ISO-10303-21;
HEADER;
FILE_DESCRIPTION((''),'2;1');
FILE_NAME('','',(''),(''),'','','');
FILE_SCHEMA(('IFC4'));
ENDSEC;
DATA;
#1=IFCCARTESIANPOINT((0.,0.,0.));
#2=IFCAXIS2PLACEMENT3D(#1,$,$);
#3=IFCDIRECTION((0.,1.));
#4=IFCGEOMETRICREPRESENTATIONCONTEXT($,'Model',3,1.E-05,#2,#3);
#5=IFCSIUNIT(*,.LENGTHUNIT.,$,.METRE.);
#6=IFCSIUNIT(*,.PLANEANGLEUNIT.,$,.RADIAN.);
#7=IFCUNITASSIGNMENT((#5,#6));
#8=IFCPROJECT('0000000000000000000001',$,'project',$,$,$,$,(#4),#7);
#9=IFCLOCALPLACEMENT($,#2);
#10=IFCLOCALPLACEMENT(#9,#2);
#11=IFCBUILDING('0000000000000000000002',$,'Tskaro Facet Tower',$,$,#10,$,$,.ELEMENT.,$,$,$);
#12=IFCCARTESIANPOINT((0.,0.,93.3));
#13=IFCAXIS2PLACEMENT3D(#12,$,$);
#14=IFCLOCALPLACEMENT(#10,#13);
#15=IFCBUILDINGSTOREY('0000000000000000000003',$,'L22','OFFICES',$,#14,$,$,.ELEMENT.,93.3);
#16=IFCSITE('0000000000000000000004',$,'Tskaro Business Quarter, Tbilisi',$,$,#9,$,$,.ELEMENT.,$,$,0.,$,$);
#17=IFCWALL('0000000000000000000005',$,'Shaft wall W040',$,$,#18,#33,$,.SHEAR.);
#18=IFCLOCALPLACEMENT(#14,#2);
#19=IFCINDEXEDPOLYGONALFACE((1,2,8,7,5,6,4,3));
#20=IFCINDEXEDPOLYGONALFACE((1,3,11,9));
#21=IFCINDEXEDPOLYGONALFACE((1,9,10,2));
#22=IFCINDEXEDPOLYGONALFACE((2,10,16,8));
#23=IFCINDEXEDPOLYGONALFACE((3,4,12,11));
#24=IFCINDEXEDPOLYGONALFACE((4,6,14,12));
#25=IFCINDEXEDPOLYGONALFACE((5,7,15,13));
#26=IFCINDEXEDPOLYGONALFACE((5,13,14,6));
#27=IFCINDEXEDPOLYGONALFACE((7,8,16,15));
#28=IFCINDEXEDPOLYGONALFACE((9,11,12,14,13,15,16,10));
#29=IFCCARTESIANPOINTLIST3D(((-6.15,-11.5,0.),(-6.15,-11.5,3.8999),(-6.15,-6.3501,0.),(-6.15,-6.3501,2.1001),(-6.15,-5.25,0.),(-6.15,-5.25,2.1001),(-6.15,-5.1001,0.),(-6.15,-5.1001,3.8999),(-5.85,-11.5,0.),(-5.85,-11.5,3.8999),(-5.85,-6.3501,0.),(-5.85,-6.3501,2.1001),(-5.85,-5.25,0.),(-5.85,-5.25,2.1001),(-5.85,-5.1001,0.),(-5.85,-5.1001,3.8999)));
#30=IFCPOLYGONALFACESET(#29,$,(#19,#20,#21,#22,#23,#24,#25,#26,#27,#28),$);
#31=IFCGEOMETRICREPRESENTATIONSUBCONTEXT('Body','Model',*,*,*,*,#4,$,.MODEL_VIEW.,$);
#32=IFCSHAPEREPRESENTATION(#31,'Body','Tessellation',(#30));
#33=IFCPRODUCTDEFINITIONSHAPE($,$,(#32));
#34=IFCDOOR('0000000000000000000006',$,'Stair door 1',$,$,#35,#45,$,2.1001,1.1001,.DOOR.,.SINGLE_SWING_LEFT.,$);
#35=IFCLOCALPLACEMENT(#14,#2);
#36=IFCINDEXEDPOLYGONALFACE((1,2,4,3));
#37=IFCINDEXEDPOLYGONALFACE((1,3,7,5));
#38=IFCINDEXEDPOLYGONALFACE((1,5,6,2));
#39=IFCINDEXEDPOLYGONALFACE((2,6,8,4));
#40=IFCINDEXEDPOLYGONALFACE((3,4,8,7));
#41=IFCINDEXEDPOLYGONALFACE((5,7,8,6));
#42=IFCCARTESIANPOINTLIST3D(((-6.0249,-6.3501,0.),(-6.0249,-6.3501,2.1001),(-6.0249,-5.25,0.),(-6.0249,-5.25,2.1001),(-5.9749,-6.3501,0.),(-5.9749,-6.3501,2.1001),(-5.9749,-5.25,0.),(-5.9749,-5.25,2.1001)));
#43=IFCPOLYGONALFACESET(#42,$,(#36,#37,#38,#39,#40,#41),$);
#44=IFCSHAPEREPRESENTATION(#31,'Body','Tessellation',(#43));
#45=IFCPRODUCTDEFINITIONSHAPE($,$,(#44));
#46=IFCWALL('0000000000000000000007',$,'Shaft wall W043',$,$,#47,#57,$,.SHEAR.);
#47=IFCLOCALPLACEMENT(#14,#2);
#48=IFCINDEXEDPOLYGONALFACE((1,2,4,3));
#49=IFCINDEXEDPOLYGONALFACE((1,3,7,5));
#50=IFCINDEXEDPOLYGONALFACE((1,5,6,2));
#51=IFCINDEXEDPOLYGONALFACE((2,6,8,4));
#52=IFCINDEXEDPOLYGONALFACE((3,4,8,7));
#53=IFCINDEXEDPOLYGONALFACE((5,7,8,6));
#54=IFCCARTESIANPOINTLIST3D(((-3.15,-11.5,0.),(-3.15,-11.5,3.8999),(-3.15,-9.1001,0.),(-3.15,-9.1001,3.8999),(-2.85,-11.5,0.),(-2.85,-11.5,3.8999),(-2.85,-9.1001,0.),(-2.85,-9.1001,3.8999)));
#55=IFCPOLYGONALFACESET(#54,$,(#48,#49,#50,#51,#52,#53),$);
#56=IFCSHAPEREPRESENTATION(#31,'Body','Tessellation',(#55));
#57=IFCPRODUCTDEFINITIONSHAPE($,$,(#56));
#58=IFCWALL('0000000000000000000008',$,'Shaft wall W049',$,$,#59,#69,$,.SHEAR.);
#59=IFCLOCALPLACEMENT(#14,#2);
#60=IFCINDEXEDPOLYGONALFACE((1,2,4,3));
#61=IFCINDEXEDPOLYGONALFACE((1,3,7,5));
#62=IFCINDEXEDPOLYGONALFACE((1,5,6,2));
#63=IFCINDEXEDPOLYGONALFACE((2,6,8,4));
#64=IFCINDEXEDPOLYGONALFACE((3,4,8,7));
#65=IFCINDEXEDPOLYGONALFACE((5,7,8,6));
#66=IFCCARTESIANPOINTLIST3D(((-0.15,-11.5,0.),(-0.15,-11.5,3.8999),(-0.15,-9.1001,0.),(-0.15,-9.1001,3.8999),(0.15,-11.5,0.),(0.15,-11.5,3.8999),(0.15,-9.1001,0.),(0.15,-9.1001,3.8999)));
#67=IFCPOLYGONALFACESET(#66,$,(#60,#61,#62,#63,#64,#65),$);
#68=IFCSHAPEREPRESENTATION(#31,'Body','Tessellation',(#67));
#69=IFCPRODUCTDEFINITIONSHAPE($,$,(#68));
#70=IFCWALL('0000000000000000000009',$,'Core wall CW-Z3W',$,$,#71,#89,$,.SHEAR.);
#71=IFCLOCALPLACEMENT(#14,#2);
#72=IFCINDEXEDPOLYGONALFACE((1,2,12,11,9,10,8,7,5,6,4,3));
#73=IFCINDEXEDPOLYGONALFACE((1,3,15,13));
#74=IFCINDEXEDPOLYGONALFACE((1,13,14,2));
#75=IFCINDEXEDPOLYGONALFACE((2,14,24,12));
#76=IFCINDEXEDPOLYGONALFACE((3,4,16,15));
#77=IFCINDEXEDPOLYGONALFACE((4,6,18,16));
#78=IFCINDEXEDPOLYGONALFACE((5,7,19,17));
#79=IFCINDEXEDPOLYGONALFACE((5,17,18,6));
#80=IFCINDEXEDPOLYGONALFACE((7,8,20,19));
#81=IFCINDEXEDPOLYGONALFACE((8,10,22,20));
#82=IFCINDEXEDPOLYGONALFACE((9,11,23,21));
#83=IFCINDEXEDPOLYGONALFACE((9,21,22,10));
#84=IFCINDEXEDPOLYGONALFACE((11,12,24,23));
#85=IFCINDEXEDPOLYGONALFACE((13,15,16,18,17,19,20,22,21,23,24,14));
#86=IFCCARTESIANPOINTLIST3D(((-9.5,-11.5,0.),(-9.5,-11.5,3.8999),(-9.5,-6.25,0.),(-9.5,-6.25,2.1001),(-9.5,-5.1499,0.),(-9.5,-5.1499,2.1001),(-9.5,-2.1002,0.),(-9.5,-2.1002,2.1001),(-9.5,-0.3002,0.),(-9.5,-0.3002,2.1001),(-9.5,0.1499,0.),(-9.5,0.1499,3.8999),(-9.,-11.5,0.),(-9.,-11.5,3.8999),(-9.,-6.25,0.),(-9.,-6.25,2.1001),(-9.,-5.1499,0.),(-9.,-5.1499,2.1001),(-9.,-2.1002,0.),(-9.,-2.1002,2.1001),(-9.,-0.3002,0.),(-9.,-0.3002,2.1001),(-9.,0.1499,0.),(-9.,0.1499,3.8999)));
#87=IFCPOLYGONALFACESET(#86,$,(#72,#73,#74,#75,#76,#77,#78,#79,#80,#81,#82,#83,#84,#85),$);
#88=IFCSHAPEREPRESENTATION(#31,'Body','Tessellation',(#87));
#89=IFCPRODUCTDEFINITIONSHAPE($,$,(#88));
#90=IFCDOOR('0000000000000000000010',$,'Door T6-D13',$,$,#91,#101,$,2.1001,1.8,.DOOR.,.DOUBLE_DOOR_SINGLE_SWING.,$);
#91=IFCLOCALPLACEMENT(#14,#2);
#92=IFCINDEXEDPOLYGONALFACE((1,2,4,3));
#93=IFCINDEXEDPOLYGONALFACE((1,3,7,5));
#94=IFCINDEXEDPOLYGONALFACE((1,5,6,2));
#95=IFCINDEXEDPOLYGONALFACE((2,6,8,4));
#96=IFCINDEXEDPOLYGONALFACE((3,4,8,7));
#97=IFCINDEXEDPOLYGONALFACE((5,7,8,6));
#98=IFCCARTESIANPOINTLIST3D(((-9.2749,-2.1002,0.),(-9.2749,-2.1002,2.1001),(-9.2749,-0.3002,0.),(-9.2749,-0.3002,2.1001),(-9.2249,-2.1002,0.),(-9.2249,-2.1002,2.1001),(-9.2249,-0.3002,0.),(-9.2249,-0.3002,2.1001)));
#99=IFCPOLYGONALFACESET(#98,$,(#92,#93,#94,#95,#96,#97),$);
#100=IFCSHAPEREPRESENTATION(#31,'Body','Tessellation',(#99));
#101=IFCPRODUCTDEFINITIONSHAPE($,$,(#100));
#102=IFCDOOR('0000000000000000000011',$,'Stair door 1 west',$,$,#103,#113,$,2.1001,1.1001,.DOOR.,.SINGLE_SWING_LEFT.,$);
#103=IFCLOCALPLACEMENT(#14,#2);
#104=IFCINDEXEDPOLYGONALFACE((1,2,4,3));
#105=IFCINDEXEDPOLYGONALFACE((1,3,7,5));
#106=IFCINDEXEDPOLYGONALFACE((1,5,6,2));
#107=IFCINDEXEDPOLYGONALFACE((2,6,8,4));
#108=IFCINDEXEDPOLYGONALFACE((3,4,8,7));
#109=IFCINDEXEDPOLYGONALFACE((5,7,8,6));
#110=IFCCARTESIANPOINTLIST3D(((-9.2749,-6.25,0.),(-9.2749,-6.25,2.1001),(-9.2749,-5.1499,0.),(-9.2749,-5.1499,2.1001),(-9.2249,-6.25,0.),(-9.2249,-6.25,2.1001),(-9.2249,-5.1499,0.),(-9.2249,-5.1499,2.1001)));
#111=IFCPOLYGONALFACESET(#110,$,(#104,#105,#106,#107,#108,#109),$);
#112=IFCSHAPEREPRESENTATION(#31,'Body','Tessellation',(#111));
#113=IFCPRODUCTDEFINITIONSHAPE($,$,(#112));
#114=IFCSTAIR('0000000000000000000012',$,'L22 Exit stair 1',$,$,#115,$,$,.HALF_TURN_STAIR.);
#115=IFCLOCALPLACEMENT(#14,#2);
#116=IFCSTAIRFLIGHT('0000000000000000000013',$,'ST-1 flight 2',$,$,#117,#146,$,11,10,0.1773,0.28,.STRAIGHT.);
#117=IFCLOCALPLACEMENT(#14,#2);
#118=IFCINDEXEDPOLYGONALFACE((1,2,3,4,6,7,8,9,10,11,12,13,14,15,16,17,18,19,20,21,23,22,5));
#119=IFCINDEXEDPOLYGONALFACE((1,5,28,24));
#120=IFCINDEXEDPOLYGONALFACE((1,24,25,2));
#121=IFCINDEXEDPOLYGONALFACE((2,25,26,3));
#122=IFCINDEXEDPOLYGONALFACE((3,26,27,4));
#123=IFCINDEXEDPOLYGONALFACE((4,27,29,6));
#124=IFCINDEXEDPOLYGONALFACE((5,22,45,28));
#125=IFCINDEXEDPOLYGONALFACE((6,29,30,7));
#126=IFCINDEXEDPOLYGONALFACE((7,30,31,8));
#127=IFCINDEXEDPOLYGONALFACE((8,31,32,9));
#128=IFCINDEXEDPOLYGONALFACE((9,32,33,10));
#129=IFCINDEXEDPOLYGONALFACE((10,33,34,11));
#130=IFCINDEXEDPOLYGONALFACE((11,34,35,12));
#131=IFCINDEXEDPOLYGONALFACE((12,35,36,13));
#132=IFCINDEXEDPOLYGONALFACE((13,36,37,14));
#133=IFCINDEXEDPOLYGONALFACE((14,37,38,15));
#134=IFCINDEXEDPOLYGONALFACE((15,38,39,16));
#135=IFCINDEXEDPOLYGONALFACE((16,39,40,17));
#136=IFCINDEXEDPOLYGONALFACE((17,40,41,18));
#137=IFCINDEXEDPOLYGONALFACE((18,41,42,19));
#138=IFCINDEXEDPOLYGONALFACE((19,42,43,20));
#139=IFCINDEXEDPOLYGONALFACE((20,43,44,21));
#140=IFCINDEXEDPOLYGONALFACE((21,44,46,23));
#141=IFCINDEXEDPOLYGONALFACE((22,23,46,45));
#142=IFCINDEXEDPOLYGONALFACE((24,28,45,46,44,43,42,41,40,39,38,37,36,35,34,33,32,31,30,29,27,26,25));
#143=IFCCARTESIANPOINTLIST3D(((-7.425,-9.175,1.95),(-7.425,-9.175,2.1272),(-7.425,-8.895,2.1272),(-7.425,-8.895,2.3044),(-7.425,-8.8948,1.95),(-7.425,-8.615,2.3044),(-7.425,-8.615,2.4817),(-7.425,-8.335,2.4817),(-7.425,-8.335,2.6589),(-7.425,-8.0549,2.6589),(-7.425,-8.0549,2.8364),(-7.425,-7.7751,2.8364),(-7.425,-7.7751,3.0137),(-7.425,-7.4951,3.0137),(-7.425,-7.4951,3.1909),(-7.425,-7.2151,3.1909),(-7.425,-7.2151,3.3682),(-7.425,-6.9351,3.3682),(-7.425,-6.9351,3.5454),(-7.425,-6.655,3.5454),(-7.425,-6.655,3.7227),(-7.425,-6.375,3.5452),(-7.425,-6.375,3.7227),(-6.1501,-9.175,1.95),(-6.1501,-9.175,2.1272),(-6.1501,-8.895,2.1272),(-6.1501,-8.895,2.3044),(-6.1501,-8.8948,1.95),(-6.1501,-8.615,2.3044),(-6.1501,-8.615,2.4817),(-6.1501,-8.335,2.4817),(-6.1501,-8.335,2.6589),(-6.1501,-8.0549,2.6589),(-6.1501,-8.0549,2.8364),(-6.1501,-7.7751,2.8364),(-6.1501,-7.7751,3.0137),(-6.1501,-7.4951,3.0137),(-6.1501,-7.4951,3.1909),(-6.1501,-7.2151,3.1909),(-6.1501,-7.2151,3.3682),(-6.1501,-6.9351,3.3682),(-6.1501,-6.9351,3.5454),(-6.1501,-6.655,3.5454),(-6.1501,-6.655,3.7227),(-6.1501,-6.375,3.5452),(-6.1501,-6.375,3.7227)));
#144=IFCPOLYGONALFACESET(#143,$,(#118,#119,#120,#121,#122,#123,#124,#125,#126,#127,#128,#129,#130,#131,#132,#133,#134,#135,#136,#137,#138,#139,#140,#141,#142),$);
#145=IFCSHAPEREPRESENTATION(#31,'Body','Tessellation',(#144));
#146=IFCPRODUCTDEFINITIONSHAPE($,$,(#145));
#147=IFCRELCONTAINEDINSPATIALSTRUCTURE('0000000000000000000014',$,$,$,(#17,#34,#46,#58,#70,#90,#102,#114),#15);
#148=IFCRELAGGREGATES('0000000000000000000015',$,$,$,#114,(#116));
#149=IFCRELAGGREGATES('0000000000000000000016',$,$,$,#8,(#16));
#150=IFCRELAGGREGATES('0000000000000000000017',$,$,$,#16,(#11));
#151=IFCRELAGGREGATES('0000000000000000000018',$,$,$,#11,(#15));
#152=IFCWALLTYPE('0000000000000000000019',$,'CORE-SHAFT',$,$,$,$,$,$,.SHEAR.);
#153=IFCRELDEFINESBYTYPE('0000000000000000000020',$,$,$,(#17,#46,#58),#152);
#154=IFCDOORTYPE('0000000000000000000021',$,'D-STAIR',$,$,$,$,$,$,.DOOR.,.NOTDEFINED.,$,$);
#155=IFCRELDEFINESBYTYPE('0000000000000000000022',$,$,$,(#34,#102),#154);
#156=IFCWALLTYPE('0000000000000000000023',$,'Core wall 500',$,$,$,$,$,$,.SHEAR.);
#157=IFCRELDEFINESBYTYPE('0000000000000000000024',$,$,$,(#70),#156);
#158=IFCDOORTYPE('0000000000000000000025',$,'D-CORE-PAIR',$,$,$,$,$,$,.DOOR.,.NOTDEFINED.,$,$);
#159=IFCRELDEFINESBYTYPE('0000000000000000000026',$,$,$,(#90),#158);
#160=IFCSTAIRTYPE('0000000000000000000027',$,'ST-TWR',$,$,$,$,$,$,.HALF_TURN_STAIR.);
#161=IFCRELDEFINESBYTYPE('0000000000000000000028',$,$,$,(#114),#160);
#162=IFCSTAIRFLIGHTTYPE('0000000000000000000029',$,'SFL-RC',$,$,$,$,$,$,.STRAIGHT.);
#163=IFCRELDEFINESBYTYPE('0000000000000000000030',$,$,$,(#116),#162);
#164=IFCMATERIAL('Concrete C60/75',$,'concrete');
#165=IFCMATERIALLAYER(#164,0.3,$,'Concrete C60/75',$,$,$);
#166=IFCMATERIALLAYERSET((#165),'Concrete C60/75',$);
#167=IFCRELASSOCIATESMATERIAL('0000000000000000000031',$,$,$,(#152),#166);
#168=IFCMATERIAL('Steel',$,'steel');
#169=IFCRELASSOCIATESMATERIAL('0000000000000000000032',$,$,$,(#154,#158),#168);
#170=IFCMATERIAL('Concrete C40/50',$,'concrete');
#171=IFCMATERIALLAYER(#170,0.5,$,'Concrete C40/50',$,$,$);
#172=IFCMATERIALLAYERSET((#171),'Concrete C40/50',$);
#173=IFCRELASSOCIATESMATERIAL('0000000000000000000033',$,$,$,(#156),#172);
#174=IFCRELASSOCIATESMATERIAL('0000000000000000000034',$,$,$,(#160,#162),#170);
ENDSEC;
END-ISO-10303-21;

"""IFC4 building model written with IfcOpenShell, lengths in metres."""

from ifc_helpers import new_model, si_unit, direction, frame, frame_2d, origin, place, context, subcontext, project, spatial, polyline, rectangle, outline, extrude, material, layer, layer_set, type_object, element, fill, aggregate, save


model = new_model("IFC4")

# Units and contexts
model_context = context("Model", 3, precision=1e-05, world=origin(), true_north=direction((0.0, 1.0)))
body_context = subcontext(model_context, "Body", "Model", "MODEL_VIEW")
ifc_project = project(units=[si_unit("LENGTHUNIT", "METRE"), si_unit("PLANEANGLEUNIT", "RADIAN")], contexts=[model_context])

# Site, building, storey
site_placement = place(None, origin())
site = spatial("IfcSite", under=ifc_project, at=site_placement, Name="Tskaro Business Quarter, Tbilisi", CompositionType="ELEMENT", RefElevation=0.0)
building_placement = place(site_placement, origin())
building = spatial("IfcBuilding", under=site, at=building_placement, Name="Tskaro Facet Tower", CompositionType="ELEMENT")
storey_placement = place(building_placement, frame((0.0, 0.0, 93.3)))
storey = spatial("IfcBuildingStorey", under=building, at=storey_placement, Name="L22", Description="OFFICES", CompositionType="ELEMENT", Elevation=93.3)

# Shared definitions
ifc_material_1 = material(Name="Concrete C60/75", Category="concrete")
ifc_layer_1 = layer(ifc_material_1, 0.3, Name="Concrete C60/75")
ifc_layer_set_1 = layer_set([ifc_layer_1], Name="Concrete C60/75")
wall_type_1 = type_object("IfcWallType", Name="CORE-SHAFT", PredefinedType="SHEAR", material=ifc_layer_set_1)

# Wall, opening, door
wall_1_placement = place(storey_placement, frame((-6.0, -11.5, 0.0), z_axis=(0.0, 0.0, 1.0), x_axis=(0.0, 1.0, 0.0)))
wall_1 = element("IfcWall", 1, at=wall_1_placement, inside=storey, type_object=wall_type_1, Name="Shaft wall W040", PredefinedType="SHEAR", context=body_context, shape_type="SweptSolid", body=[
    extrude(rectangle(XDim=6.3999, YDim=0.3, at=frame_2d((3.2, 0.0))), origin(), (0.0, 0.0, 1.0), 3.8999),
])
opening_1_placement = place(wall_1_placement, frame((5.1499, 0.0, 0.0)))
opening_1 = element("IfcOpeningElement", 2, at=opening_1_placement, cuts=wall_1, PredefinedType="OPENING", context=body_context, shape_type="SweptSolid", body=[
    extrude(rectangle(XDim=1.1001, YDim=2.1001, at=frame_2d((0.55, 1.05))), frame((0.0, 0.1599, 0.0), z_axis=(0.0, -1.0, 0.0), x_axis=(1.0, 0.0, 0.0)), (0.0, 0.0, 1.0), 0.3201),
])
ifc_material_2 = material(Name="Steel", Category="steel")
door_type_1 = type_object("IfcDoorType", Name="D-STAIR", OperationType="NOTDEFINED", PredefinedType="DOOR", material=ifc_material_2)
door_1_placement = place(opening_1_placement, origin())
door_1 = element("IfcDoor", 3, at=door_1_placement, inside=storey, type_object=door_type_1, Name="Stair door 1", OperationType="SINGLE_SWING_LEFT", OverallHeight=2.1001, OverallWidth=1.1001, PredefinedType="DOOR", context=body_context, shape_type="SweptSolid", body=[
    extrude(rectangle(XDim=1.1001, YDim=2.1001, at=frame_2d((0.55, 1.05))), frame((0.0, 0.0249, 0.0), z_axis=(0.0, -1.0, 0.0), x_axis=(1.0, 0.0, 0.0)), (0.0, 0.0, 1.0), 0.05),
])
fill(opening_1, door_1)

# Walls
for number, where, z_axis, x_axis, name in (
    (4, (-3.0, -11.5, 0.0), (0.0, 0.0, 1.0), (0.0, 1.0, 0.0), "Shaft wall W043"),
    (5, (0.0, -11.5, 0.0), (0.0, 0.0, 1.0), (0.0, 1.0, 0.0), "Shaft wall W049"),
):
    element("IfcWall", number, at=place(storey_placement, frame(where, z_axis=z_axis, x_axis=x_axis)), inside=storey, type_object=wall_type_1, Name=name, PredefinedType="SHEAR", context=body_context, shape_type="SweptSolid", body=[
        extrude(rectangle(XDim=2.3999, YDim=0.3, at=frame_2d((1.2, 0.0))), origin(), (0.0, 0.0, 1.0), 3.8999),
    ])

# Wall, openings, doors
ifc_material_3 = material(Name="Concrete C40/50", Category="concrete")
ifc_layer_2 = layer(ifc_material_3, 0.5, Name="Concrete C40/50")
ifc_layer_set_2 = layer_set([ifc_layer_2], Name="Concrete C40/50")
wall_type_2 = type_object("IfcWallType", Name="Core wall 500", PredefinedType="SHEAR", material=ifc_layer_set_2)
wall_2_placement = place(storey_placement, frame((-9.25, -11.5, 0.0), z_axis=(0.0, 0.0, 1.0), x_axis=(0.0, 1.0, 0.0)))
wall_2 = element("IfcWall", 6, at=wall_2_placement, inside=storey, type_object=wall_type_2, Name="Core wall CW-Z3W", PredefinedType="SHEAR", context=body_context, shape_type="SweptSolid", body=[
    extrude(rectangle(XDim=11.6499, YDim=0.5, at=frame_2d((5.825, 0.0))), origin(), (0.0, 0.0, 1.0), 3.8999),
])
opening_2_placement = place(wall_2_placement, frame((9.3999, 0.0, 0.0)))
opening_2 = element("IfcOpeningElement", 7, at=opening_2_placement, cuts=wall_2, PredefinedType="OPENING", context=body_context, shape_type="SweptSolid", body=[
    extrude(rectangle(XDim=1.8, YDim=2.1001, at=frame_2d((0.8999, 1.05))), frame((0.0, 0.26, 0.0), z_axis=(0.0, -1.0, 0.0), x_axis=(1.0, 0.0, 0.0)), (0.0, 0.0, 1.0), 0.52),
])
opening_3_placement = place(wall_2_placement, frame((5.25, 0.0, 0.0)))
opening_3 = element("IfcOpeningElement", 8, at=opening_3_placement, cuts=wall_2, PredefinedType="OPENING", context=body_context, shape_type="SweptSolid", body=[
    extrude(rectangle(XDim=1.1001, YDim=2.1001, at=frame_2d((0.55, 1.05))), frame((0.0, 0.26, 0.0), z_axis=(0.0, -1.0, 0.0), x_axis=(1.0, 0.0, 0.0)), (0.0, 0.0, 1.0), 0.52),
])
door_type_2 = type_object("IfcDoorType", Name="D-CORE-PAIR", OperationType="NOTDEFINED", PredefinedType="DOOR", material=ifc_material_2)
door_2_placement = place(opening_2_placement, origin())
door_2 = element("IfcDoor", 9, at=door_2_placement, inside=storey, type_object=door_type_2, Name="Door T6-D13", OperationType="DOUBLE_DOOR_SINGLE_SWING", OverallHeight=2.1001, OverallWidth=1.8, PredefinedType="DOOR", context=body_context, shape_type="SweptSolid", body=[
    extrude(rectangle(XDim=1.8, YDim=2.1001, at=frame_2d((0.8999, 1.05))), frame((0.0, 0.0249, 0.0), z_axis=(0.0, -1.0, 0.0), x_axis=(1.0, 0.0, 0.0)), (0.0, 0.0, 1.0), 0.05),
])
fill(opening_2, door_2)
door_3_placement = place(opening_3_placement, origin())
door_3 = element("IfcDoor", 10, at=door_3_placement, inside=storey, type_object=door_type_1, Name="Stair door 1 west", OperationType="SINGLE_SWING_LEFT", OverallHeight=2.1001, OverallWidth=1.1001, PredefinedType="DOOR", context=body_context, shape_type="SweptSolid", body=[
    extrude(rectangle(XDim=1.1001, YDim=2.1001, at=frame_2d((0.55, 1.05))), frame((0.0, 0.0249, 0.0), z_axis=(0.0, -1.0, 0.0), x_axis=(1.0, 0.0, 0.0)), (0.0, 0.0, 1.0), 0.05),
])
fill(opening_3, door_3)

# Stair, stair flight
stair_type = type_object("IfcStairType", Name="ST-TWR", PredefinedType="HALF_TURN_STAIR", material=ifc_material_3)
stair_placement = place(storey_placement, origin())
stair = element("IfcStair", 11, at=stair_placement, inside=storey, type_object=stair_type, Name="L22 Exit stair 1", PredefinedType="HALF_TURN_STAIR")
stair_flight_type = type_object("IfcStairFlightType", Name="SFL-RC", PredefinedType="STRAIGHT", material=ifc_material_3)
stair_flight_placement = place(storey_placement, frame((-6.7876, -9.175, 1.95), z_axis=(0.0, 0.0, 1.0), x_axis=(0.0, 1.0, 0.0)))
stair_flight = element("IfcStairFlight", 12, at=stair_flight_placement, type_object=stair_flight_type, Name="ST-1 flight 2", NumberOfRisers=11, NumberOfTreads=10, PredefinedType="STRAIGHT", RiserHeight=0.1773, TreadLength=0.28, context=body_context, shape_type="SweptSolid", body=[
    extrude(outline(polyline([(0.0, 0.0), (0.0, 0.1772), (0.28, 0.1772), (0.28, 0.3545), (0.5601, 0.3545), (0.5601, 0.5317), (0.8401, 0.5317), (0.8401, 0.709), (1.1201, 0.709), (1.1201, 0.8865), (1.3999, 0.8865), (1.3999, 1.0637), (1.6799, 1.0637), (1.6799, 1.241), (1.96, 1.241), (1.96, 1.4182), (2.24, 1.4182), (2.24, 1.5955), (2.52, 1.5955), (2.52, 1.7727), (2.8, 1.7727), (2.8, 1.95), (2.8, 1.5952), (0.2803, 0.0), (0.0, 0.0)])), frame((0.0, 0.6375, 0.0), z_axis=(0.0, -1.0, 0.0), x_axis=(1.0, 0.0, 0.0)), (0.0, 0.0, 1.0), 1.2749),
])
aggregate(stair, [stair_flight])

save(model, "model.ifc")
